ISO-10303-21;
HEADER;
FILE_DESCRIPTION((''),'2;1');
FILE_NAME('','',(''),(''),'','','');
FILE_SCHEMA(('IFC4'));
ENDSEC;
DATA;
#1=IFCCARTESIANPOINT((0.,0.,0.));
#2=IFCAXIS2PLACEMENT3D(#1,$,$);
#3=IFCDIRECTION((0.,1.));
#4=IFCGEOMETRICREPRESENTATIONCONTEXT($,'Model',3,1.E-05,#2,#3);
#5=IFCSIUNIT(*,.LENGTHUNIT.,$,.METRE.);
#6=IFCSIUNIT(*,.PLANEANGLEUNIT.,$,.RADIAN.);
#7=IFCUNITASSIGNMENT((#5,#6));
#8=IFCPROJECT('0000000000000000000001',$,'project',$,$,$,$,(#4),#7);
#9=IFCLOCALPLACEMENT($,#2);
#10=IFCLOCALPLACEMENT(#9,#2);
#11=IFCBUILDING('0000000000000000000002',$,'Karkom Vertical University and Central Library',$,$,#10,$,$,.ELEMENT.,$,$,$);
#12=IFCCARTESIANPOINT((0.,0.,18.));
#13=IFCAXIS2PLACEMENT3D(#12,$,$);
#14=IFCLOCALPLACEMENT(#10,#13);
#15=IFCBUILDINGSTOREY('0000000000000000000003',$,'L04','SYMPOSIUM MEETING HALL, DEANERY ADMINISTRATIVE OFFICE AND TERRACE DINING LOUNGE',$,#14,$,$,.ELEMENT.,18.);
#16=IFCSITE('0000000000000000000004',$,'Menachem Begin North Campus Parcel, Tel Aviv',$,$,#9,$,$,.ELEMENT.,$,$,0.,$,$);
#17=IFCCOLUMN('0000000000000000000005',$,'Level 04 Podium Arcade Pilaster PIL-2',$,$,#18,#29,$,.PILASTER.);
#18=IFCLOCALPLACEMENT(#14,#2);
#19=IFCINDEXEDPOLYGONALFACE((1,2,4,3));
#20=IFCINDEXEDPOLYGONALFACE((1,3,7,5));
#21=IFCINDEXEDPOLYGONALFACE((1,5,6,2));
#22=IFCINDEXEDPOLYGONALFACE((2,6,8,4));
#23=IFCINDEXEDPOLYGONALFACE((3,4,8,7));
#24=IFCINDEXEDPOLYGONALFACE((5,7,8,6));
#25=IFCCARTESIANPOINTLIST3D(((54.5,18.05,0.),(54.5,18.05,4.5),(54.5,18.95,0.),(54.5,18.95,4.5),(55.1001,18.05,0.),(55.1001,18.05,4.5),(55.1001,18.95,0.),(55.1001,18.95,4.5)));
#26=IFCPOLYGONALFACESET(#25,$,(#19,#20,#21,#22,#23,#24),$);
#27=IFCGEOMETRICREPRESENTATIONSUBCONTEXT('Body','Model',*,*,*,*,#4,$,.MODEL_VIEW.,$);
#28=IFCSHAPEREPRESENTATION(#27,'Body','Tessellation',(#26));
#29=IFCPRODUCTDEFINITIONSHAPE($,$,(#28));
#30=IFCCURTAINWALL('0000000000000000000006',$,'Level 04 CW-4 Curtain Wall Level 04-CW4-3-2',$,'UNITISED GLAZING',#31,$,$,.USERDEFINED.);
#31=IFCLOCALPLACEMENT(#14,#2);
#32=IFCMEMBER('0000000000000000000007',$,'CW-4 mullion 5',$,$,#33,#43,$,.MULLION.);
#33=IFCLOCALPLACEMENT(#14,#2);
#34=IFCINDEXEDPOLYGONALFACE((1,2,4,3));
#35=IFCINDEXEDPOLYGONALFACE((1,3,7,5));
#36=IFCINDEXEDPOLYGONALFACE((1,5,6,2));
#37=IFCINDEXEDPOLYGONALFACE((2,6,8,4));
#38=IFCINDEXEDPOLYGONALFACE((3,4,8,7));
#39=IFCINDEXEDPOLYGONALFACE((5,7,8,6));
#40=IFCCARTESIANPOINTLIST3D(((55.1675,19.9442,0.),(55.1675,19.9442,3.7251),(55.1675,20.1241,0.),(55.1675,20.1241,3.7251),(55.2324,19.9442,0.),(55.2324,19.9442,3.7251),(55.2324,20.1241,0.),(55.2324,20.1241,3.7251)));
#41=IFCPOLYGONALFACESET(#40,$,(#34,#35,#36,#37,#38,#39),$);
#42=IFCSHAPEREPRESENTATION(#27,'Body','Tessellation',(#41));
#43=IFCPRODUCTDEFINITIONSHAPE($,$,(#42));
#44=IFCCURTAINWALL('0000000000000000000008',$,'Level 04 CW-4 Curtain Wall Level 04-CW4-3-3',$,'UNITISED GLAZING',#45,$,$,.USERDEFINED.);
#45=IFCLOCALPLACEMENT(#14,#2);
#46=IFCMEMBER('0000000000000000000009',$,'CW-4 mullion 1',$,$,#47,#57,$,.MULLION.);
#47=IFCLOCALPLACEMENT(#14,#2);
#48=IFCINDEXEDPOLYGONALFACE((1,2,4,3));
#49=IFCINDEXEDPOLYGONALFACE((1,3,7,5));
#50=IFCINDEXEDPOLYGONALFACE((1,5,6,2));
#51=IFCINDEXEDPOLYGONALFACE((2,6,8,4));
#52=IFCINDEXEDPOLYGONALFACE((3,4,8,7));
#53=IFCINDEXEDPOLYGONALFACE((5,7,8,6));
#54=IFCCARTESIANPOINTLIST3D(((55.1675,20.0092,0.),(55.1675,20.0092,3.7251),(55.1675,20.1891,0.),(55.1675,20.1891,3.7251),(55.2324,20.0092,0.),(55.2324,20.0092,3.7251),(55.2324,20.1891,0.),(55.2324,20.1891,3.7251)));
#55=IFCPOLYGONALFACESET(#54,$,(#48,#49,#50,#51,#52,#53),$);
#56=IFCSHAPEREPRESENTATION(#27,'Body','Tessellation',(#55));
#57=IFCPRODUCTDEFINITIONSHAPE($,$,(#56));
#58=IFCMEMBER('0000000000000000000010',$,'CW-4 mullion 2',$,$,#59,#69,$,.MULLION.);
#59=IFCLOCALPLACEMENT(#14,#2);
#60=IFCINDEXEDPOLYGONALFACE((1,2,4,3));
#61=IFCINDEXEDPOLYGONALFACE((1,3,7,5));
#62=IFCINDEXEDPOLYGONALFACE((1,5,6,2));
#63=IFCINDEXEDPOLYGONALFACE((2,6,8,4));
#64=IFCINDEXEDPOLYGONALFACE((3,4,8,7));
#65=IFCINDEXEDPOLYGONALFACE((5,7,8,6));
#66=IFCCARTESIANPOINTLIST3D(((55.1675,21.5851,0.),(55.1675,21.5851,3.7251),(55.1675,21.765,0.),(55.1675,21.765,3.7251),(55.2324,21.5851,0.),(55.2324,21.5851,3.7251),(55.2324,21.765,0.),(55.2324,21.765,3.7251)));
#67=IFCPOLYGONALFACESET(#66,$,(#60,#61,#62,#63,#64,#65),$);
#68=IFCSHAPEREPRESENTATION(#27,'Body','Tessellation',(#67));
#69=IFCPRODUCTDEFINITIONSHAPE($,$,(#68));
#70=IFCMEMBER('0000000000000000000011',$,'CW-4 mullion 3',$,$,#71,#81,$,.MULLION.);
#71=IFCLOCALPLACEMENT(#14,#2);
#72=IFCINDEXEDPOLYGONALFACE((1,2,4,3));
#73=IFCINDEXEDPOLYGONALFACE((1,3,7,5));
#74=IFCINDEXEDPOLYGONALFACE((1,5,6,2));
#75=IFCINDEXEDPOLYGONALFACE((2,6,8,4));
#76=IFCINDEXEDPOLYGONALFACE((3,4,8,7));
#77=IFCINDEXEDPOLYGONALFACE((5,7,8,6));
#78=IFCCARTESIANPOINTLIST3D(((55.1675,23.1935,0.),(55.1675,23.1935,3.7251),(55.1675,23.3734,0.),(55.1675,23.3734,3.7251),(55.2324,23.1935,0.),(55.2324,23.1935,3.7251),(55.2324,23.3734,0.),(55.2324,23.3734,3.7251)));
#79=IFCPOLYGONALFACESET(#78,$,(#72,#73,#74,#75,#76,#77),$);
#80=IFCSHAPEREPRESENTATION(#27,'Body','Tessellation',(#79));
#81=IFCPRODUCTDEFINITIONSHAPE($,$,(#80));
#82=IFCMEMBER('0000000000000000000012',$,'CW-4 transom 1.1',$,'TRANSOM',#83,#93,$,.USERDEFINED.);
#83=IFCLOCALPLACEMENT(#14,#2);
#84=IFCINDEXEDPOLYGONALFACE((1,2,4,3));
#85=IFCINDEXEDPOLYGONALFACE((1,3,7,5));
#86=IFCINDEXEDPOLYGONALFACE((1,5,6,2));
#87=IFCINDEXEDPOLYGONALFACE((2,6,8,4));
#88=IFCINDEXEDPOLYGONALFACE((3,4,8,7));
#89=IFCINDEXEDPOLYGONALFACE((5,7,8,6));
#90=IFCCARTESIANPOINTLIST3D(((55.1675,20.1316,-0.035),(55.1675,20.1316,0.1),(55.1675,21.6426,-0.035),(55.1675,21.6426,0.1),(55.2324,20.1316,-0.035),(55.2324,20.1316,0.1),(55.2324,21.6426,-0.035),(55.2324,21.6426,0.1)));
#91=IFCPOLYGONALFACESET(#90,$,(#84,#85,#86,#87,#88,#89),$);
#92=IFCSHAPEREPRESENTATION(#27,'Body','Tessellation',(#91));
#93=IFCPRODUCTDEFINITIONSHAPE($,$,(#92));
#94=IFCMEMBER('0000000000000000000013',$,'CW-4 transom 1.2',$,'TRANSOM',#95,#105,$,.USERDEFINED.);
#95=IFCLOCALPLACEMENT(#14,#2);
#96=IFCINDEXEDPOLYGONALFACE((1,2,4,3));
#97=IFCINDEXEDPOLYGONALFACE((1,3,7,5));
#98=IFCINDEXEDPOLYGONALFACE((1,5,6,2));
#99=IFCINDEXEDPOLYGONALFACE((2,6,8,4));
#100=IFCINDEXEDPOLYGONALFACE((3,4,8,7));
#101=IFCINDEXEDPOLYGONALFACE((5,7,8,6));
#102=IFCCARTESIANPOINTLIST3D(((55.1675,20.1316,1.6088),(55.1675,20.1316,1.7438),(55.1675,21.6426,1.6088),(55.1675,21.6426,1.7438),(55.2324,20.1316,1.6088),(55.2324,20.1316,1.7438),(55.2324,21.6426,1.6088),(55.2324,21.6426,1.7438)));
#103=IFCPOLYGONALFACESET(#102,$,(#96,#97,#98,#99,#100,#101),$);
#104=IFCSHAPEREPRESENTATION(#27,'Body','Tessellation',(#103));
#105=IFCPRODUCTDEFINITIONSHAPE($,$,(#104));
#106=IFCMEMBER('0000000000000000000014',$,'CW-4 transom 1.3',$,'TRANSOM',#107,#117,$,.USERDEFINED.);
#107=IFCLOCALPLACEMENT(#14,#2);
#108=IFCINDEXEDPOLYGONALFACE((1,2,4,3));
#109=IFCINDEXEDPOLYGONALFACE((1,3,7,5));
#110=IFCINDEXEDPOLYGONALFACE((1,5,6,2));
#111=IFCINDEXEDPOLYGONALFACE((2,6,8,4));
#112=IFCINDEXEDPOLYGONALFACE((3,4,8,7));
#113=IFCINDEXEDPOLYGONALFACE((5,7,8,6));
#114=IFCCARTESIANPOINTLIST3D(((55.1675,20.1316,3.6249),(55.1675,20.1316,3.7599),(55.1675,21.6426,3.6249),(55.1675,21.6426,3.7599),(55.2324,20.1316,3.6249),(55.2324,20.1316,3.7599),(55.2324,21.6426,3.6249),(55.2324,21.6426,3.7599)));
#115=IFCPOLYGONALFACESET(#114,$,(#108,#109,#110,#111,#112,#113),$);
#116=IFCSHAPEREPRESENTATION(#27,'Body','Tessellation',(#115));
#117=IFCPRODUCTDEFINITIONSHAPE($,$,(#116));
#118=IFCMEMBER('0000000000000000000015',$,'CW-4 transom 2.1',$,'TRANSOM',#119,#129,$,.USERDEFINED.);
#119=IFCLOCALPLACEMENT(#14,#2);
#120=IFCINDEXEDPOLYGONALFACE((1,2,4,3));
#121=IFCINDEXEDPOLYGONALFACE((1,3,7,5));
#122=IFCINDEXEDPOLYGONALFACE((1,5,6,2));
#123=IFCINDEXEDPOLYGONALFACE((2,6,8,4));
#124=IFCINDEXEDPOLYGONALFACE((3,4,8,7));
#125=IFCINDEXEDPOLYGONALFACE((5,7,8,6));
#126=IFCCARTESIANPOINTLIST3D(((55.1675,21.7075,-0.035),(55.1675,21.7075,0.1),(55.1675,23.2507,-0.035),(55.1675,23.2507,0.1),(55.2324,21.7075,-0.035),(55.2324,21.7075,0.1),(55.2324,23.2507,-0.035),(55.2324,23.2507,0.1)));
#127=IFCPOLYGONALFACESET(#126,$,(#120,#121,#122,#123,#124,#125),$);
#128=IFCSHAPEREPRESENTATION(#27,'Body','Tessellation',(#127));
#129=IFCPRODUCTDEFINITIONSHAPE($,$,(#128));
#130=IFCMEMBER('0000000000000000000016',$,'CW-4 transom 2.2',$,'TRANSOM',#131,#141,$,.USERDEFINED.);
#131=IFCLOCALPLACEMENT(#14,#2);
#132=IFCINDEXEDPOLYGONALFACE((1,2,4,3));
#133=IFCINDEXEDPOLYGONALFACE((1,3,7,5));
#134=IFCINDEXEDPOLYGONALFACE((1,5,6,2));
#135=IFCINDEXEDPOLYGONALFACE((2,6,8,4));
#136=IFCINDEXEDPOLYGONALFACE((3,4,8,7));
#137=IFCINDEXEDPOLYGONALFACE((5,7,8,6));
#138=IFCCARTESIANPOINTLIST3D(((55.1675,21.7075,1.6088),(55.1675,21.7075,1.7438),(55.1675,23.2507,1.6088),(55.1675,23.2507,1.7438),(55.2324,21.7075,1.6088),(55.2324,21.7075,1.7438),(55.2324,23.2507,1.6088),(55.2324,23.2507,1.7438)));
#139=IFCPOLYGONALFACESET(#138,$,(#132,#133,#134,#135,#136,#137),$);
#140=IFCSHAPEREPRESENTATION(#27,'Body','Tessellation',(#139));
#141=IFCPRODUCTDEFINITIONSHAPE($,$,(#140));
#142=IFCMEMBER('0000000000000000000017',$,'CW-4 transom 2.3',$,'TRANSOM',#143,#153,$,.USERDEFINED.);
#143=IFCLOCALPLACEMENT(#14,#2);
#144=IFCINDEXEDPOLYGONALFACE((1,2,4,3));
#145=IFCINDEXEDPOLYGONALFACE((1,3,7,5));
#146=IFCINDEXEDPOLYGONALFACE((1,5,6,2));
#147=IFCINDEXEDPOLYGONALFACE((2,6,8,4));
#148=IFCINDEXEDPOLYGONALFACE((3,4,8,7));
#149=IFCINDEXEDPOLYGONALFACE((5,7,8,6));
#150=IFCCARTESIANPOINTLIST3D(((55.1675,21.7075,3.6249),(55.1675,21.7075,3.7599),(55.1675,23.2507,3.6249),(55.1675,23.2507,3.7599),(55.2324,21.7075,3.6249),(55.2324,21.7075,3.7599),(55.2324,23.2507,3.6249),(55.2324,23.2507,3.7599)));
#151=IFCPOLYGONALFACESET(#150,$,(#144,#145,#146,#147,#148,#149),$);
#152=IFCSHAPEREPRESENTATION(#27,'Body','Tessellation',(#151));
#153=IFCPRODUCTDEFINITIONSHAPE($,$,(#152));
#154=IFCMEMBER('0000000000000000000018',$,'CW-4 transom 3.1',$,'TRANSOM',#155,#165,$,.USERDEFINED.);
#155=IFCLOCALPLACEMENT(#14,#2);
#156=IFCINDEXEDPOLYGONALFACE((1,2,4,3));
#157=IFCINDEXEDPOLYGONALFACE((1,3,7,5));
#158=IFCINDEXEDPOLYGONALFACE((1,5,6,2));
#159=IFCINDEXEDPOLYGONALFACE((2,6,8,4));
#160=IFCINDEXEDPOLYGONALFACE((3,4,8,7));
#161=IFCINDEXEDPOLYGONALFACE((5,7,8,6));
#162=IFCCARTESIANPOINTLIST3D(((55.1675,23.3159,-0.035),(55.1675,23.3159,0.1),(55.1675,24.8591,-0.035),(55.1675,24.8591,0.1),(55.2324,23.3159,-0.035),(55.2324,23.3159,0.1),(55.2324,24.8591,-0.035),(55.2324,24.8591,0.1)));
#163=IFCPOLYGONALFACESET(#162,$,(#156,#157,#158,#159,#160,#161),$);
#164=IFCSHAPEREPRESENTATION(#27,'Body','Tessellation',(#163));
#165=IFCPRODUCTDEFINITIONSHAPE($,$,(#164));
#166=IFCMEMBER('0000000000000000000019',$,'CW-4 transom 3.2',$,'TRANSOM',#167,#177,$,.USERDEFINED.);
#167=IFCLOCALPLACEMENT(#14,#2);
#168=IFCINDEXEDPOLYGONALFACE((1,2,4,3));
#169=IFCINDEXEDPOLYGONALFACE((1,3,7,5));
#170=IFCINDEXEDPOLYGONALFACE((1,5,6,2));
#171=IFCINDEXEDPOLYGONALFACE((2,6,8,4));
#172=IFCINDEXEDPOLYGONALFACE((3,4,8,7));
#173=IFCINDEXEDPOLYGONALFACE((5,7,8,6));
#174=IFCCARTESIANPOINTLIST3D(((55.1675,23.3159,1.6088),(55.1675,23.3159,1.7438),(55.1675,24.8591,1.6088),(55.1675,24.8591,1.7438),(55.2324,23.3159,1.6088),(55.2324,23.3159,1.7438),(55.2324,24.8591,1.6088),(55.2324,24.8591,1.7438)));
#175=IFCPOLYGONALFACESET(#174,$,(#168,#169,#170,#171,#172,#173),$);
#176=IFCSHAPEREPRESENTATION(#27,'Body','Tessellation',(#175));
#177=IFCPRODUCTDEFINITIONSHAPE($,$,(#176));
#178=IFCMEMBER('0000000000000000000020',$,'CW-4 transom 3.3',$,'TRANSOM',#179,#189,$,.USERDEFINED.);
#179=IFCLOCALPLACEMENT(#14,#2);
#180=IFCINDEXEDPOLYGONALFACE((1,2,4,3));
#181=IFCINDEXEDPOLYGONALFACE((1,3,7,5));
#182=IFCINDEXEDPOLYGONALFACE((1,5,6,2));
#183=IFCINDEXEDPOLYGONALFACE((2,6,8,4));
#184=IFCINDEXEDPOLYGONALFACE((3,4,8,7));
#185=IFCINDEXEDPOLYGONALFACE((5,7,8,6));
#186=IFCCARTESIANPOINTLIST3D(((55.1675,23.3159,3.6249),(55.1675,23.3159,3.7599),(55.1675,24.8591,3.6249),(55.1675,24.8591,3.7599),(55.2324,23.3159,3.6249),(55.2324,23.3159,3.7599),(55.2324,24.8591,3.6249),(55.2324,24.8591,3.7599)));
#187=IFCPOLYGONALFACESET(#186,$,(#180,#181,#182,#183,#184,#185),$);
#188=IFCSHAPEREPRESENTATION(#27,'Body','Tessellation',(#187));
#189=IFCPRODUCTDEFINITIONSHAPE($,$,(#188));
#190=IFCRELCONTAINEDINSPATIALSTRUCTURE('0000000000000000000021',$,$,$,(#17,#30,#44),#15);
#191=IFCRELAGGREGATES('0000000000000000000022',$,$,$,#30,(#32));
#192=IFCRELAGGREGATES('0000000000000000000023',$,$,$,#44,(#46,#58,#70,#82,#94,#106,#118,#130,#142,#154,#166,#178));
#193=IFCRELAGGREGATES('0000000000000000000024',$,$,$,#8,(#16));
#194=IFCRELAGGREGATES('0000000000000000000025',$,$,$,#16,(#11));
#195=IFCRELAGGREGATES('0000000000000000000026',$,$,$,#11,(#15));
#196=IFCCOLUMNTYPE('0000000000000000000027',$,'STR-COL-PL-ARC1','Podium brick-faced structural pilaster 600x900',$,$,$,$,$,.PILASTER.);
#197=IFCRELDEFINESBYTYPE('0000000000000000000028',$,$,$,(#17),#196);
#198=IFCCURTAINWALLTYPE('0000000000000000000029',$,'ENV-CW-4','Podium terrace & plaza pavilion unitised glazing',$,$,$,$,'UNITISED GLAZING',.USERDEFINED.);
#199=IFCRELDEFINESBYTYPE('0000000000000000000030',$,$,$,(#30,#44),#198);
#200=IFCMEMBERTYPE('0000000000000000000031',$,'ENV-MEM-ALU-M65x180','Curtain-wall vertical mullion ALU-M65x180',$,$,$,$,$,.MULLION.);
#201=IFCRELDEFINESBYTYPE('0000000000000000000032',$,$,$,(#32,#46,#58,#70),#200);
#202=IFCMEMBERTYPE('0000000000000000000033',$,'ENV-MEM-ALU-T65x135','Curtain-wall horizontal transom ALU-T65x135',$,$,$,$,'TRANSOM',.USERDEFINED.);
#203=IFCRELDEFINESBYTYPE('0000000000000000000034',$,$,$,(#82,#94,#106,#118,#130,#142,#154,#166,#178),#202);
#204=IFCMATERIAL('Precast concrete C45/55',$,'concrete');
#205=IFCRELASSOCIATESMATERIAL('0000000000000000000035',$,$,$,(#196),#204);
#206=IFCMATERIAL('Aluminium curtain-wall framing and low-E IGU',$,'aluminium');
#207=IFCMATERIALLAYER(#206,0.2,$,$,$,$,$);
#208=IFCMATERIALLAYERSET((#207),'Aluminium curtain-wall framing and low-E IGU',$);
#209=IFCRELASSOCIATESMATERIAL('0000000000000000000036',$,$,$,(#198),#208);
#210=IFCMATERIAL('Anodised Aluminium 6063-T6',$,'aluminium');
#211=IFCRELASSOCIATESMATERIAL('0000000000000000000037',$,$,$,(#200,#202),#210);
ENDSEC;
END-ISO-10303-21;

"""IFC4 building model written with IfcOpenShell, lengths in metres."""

from ifc_helpers import new_model, si_unit, direction, frame, origin, origin_with_axes, origin_2d, place, context, subcontext, project, spatial, rectangle, extrude, source, transform, mapped, material, layer, layer_set, material_profile, profile_set, type_object, element, aggregate, save


model = new_model("IFC4")

# Units and contexts
model_context = context("Model", 3, precision=1e-05, world=origin(), true_north=direction((0.0, 1.0)))
body_context = subcontext(model_context, "Body", "Model", "MODEL_VIEW")
ifc_project = project(units=[si_unit("LENGTHUNIT", "METRE"), si_unit("PLANEANGLEUNIT", "RADIAN")], contexts=[model_context])

# Site, building, storey
site_placement = place(None, origin())
site = spatial("IfcSite", under=ifc_project, at=site_placement, Name="Menachem Begin North Campus Parcel, Tel Aviv", CompositionType="ELEMENT", RefElevation=0.0)
building_placement = place(site_placement, origin())
building = spatial("IfcBuilding", under=site, at=building_placement, Name="Karkom Vertical University and Central Library", CompositionType="ELEMENT")
storey_placement = place(building_placement, frame((0.0, 0.0, 18.0)))
storey = spatial("IfcBuildingStorey", under=building, at=storey_placement, Name="L04", Description="SYMPOSIUM MEETING HALL, DEANERY ADMINISTRATIVE OFFICE AND TERRACE DINING LOUNGE", CompositionType="ELEMENT", Elevation=18.0)

# Column
ifc_material_1 = material(Name="Precast concrete C45/55", Category="concrete")
ifc_material_profile_1 = material_profile(ifc_material_1, rectangle(XDim=0.6001, YDim=0.8999, at=origin_2d()), Name="PIL-600x900")
ifc_profile_set_1 = profile_set([ifc_material_profile_1], Name="Precast concrete C45/55")
column_type = type_object("IfcColumnType", Name="STR-COL-PL-ARC1", Description="Podium brick-faced structural pilaster 600x900", PredefinedType="PILASTER", material=ifc_profile_set_1)
shared_shape_1 = source(origin_with_axes(), body_context, "Body", "SweptSolid", [
    extrude(rectangle(XDim=0.6001, YDim=0.8999, at=origin_2d()), origin(), (0.0, 0.0, 1.0), 4.5),
])
column_placement = place(storey_placement, frame((54.8, 18.5, 0.0), z_axis=(0.0, 0.0, 1.0), x_axis=(1.0, 0.0, 0.0)))
element("IfcColumn", 1, at=column_placement, inside=storey, type_object=column_type, Name="Level 04 Podium Arcade Pilaster PIL-2", PredefinedType="PILASTER", context=body_context, shape_type="MappedRepresentation", body=[
    mapped(shared_shape_1, transform((0.0, 0.0, 0.0), scale=1.0)),
])

# Curtain wall, member
ifc_material_2 = material(Name="Aluminium curtain-wall framing and low-E IGU", Category="aluminium")
ifc_layer_1 = layer(ifc_material_2, 0.2)
ifc_layer_set_1 = layer_set([ifc_layer_1], Name="Aluminium curtain-wall framing and low-E IGU")
curtain_wall_type = type_object("IfcCurtainWallType", Name="ENV-CW-4", Description="Podium terrace & plaza pavilion unitised glazing", ElementType="UNITISED GLAZING", PredefinedType="USERDEFINED", material=ifc_layer_set_1)
curtain_wall_1_placement = place(storey_placement, origin())
curtain_wall_1 = element("IfcCurtainWall", 2, at=curtain_wall_1_placement, inside=storey, type_object=curtain_wall_type, Name="Level 04 CW-4 Curtain Wall Level 04-CW4-3-2", ObjectType="UNITISED GLAZING", PredefinedType="USERDEFINED")
ifc_material_3 = material(Name="Anodised Aluminium 6063-T6", Category="aluminium")
ifc_material_profile_2 = material_profile(ifc_material_3, rectangle(XDim=0.0649, YDim=0.1799, at=origin_2d()), Name="ALU-M65x180")
ifc_profile_set_2 = profile_set([ifc_material_profile_2], Name="Anodised Aluminium 6063-T6")
member_type_1 = type_object("IfcMemberType", Name="ENV-MEM-ALU-M65x180", Description="Curtain-wall vertical mullion ALU-M65x180", PredefinedType="MULLION", material=ifc_profile_set_2)
shared_shape_2 = source(origin_with_axes(), body_context, "Body", "SweptSolid", [
    extrude(rectangle(XDim=0.0649, YDim=0.1799, at=origin_2d()), origin(), (0.0, 0.0, 1.0), 3.7251),
])
member_1_placement = place(storey_placement, frame((55.2, 20.0342, 0.0), z_axis=(0.0, 0.0, 1.0), x_axis=(-1.0, 0.0, 0.0)))
member_1 = element("IfcMember", 3, at=member_1_placement, type_object=member_type_1, Name="CW-4 mullion 5", PredefinedType="MULLION", context=body_context, shape_type="MappedRepresentation", body=[
    mapped(shared_shape_2, transform((0.0, 0.0, 0.0), scale=1.0)),
])

# Curtain wall, members
curtain_wall_2_placement = place(storey_placement, origin())
curtain_wall_2 = element("IfcCurtainWall", 4, at=curtain_wall_2_placement, inside=storey, type_object=curtain_wall_type, Name="Level 04 CW-4 Curtain Wall Level 04-CW4-3-3", ObjectType="UNITISED GLAZING", PredefinedType="USERDEFINED")
member_2_placement = place(storey_placement, frame((55.2, 20.0991, 0.0), z_axis=(0.0, 0.0, 1.0), x_axis=(-1.0, 0.0, 0.0)))
member_2 = element("IfcMember", 5, at=member_2_placement, type_object=member_type_1, Name="CW-4 mullion 1", PredefinedType="MULLION", context=body_context, shape_type="MappedRepresentation", body=[
    mapped(shared_shape_2, transform((0.0, 0.0, 0.0), scale=1.0)),
])
member_3_placement = place(storey_placement, frame((55.2, 21.675, 0.0), z_axis=(0.0, 0.0, 1.0), x_axis=(-1.0, 0.0, 0.0)))
member_3 = element("IfcMember", 6, at=member_3_placement, type_object=member_type_1, Name="CW-4 mullion 2", PredefinedType="MULLION", context=body_context, shape_type="MappedRepresentation", body=[
    mapped(shared_shape_2, transform((0.0, 0.0, 0.0), scale=1.0)),
])
member_4_placement = place(storey_placement, frame((55.2, 23.2834, 0.0), z_axis=(0.0, 0.0, 1.0), x_axis=(-1.0, 0.0, 0.0)))
member_4 = element("IfcMember", 7, at=member_4_placement, type_object=member_type_1, Name="CW-4 mullion 3", PredefinedType="MULLION", context=body_context, shape_type="MappedRepresentation", body=[
    mapped(shared_shape_2, transform((0.0, 0.0, 0.0), scale=1.0)),
])
ifc_material_profile_3 = material_profile(ifc_material_3, rectangle(XDim=0.0649, YDim=0.135, at=origin_2d()), Name="ALU-T65x135")
ifc_profile_set_3 = profile_set([ifc_material_profile_3], Name="Anodised Aluminium 6063-T6")
member_type_2 = type_object("IfcMemberType", Name="ENV-MEM-ALU-T65x135", Description="Curtain-wall horizontal transom ALU-T65x135", ElementType="TRANSOM", PredefinedType="USERDEFINED", material=ifc_profile_set_3)
shared_shape_3 = source(origin_with_axes(), body_context, "Body", "SweptSolid", [
    extrude(rectangle(XDim=0.0649, YDim=0.135, at=origin_2d()), origin(), (0.0, 0.0, 1.0), 1.511),
])
member_5_placement = place(storey_placement, frame((55.2, 20.1316, 0.0325), z_axis=(0.0, 1.0, 0.0), x_axis=(-1.0, 0.0, 0.0)))
member_5 = element("IfcMember", 8, at=member_5_placement, type_object=member_type_2, Name="CW-4 transom 1.1", ObjectType="TRANSOM", PredefinedType="USERDEFINED", context=body_context, shape_type="MappedRepresentation", body=[
    mapped(shared_shape_3, transform((0.0, 0.0, 0.0), scale=1.0)),
])
member_6_placement = place(storey_placement, frame((55.2, 20.1316, 1.6763), z_axis=(0.0, 1.0, 0.0), x_axis=(-1.0, 0.0, 0.0)))
member_6 = element("IfcMember", 9, at=member_6_placement, type_object=member_type_2, Name="CW-4 transom 1.2", ObjectType="TRANSOM", PredefinedType="USERDEFINED", context=body_context, shape_type="MappedRepresentation", body=[
    mapped(shared_shape_3, transform((0.0, 0.0, 0.0), scale=1.0)),
])
member_7_placement = place(storey_placement, frame((55.2, 20.1316, 3.6924), z_axis=(0.0, 1.0, 0.0), x_axis=(-1.0, 0.0, 0.0)))
member_7 = element("IfcMember", 10, at=member_7_placement, type_object=member_type_2, Name="CW-4 transom 1.3", ObjectType="TRANSOM", PredefinedType="USERDEFINED", context=body_context, shape_type="MappedRepresentation", body=[
    mapped(shared_shape_3, transform((0.0, 0.0, 0.0), scale=1.0)),
])
shared_shape_4 = source(origin_with_axes(), body_context, "Body", "SweptSolid", [
    extrude(rectangle(XDim=0.0649, YDim=0.135, at=origin_2d()), origin(), (0.0, 0.0, 1.0), 1.5432),
])
member_8_placement = place(storey_placement, frame((55.2, 21.7075, 0.0325), z_axis=(0.0, 1.0, 0.0), x_axis=(-1.0, 0.0, 0.0)))
member_8 = element("IfcMember", 11, at=member_8_placement, type_object=member_type_2, Name="CW-4 transom 2.1", ObjectType="TRANSOM", PredefinedType="USERDEFINED", context=body_context, shape_type="MappedRepresentation", body=[
    mapped(shared_shape_4, transform((0.0, 0.0, 0.0), scale=1.0)),
])
member_9_placement = place(storey_placement, frame((55.2, 21.7075, 1.6763), z_axis=(0.0, 1.0, 0.0), x_axis=(-1.0, 0.0, 0.0)))
member_9 = element("IfcMember", 12, at=member_9_placement, type_object=member_type_2, Name="CW-4 transom 2.2", ObjectType="TRANSOM", PredefinedType="USERDEFINED", context=body_context, shape_type="MappedRepresentation", body=[
    mapped(shared_shape_4, transform((0.0, 0.0, 0.0), scale=1.0)),
])
member_10_placement = place(storey_placement, frame((55.2, 21.7075, 3.6924), z_axis=(0.0, 1.0, 0.0), x_axis=(-1.0, 0.0, 0.0)))
member_10 = element("IfcMember", 13, at=member_10_placement, type_object=member_type_2, Name="CW-4 transom 2.3", ObjectType="TRANSOM", PredefinedType="USERDEFINED", context=body_context, shape_type="MappedRepresentation", body=[
    mapped(shared_shape_4, transform((0.0, 0.0, 0.0), scale=1.0)),
])
member_11_placement = place(storey_placement, frame((55.2, 23.3159, 0.0325), z_axis=(0.0, 1.0, 0.0), x_axis=(-1.0, 0.0, 0.0)))
member_11 = element("IfcMember", 14, at=member_11_placement, type_object=member_type_2, Name="CW-4 transom 3.1", ObjectType="TRANSOM", PredefinedType="USERDEFINED", context=body_context, shape_type="MappedRepresentation", body=[
    mapped(shared_shape_4, transform((0.0, 0.0, 0.0), scale=1.0)),
])
member_12_placement = place(storey_placement, frame((55.2, 23.3159, 1.6763), z_axis=(0.0, 1.0, 0.0), x_axis=(-1.0, 0.0, 0.0)))
member_12 = element("IfcMember", 15, at=member_12_placement, type_object=member_type_2, Name="CW-4 transom 3.2", ObjectType="TRANSOM", PredefinedType="USERDEFINED", context=body_context, shape_type="MappedRepresentation", body=[
    mapped(shared_shape_4, transform((0.0, 0.0, 0.0), scale=1.0)),
])
member_13_placement = place(storey_placement, frame((55.2, 23.3159, 3.6924), z_axis=(0.0, 1.0, 0.0), x_axis=(-1.0, 0.0, 0.0)))
member_13 = element("IfcMember", 16, at=member_13_placement, type_object=member_type_2, Name="CW-4 transom 3.3", ObjectType="TRANSOM", PredefinedType="USERDEFINED", context=body_context, shape_type="MappedRepresentation", body=[
    mapped(shared_shape_4, transform((0.0, 0.0, 0.0), scale=1.0)),
])

aggregate(curtain_wall_1, [member_1])
aggregate(curtain_wall_2, [member_2, member_3, member_4, member_5, member_6, member_7, member_8, member_9, member_10, member_11, member_12, member_13])

save(model, "model.ifc")
